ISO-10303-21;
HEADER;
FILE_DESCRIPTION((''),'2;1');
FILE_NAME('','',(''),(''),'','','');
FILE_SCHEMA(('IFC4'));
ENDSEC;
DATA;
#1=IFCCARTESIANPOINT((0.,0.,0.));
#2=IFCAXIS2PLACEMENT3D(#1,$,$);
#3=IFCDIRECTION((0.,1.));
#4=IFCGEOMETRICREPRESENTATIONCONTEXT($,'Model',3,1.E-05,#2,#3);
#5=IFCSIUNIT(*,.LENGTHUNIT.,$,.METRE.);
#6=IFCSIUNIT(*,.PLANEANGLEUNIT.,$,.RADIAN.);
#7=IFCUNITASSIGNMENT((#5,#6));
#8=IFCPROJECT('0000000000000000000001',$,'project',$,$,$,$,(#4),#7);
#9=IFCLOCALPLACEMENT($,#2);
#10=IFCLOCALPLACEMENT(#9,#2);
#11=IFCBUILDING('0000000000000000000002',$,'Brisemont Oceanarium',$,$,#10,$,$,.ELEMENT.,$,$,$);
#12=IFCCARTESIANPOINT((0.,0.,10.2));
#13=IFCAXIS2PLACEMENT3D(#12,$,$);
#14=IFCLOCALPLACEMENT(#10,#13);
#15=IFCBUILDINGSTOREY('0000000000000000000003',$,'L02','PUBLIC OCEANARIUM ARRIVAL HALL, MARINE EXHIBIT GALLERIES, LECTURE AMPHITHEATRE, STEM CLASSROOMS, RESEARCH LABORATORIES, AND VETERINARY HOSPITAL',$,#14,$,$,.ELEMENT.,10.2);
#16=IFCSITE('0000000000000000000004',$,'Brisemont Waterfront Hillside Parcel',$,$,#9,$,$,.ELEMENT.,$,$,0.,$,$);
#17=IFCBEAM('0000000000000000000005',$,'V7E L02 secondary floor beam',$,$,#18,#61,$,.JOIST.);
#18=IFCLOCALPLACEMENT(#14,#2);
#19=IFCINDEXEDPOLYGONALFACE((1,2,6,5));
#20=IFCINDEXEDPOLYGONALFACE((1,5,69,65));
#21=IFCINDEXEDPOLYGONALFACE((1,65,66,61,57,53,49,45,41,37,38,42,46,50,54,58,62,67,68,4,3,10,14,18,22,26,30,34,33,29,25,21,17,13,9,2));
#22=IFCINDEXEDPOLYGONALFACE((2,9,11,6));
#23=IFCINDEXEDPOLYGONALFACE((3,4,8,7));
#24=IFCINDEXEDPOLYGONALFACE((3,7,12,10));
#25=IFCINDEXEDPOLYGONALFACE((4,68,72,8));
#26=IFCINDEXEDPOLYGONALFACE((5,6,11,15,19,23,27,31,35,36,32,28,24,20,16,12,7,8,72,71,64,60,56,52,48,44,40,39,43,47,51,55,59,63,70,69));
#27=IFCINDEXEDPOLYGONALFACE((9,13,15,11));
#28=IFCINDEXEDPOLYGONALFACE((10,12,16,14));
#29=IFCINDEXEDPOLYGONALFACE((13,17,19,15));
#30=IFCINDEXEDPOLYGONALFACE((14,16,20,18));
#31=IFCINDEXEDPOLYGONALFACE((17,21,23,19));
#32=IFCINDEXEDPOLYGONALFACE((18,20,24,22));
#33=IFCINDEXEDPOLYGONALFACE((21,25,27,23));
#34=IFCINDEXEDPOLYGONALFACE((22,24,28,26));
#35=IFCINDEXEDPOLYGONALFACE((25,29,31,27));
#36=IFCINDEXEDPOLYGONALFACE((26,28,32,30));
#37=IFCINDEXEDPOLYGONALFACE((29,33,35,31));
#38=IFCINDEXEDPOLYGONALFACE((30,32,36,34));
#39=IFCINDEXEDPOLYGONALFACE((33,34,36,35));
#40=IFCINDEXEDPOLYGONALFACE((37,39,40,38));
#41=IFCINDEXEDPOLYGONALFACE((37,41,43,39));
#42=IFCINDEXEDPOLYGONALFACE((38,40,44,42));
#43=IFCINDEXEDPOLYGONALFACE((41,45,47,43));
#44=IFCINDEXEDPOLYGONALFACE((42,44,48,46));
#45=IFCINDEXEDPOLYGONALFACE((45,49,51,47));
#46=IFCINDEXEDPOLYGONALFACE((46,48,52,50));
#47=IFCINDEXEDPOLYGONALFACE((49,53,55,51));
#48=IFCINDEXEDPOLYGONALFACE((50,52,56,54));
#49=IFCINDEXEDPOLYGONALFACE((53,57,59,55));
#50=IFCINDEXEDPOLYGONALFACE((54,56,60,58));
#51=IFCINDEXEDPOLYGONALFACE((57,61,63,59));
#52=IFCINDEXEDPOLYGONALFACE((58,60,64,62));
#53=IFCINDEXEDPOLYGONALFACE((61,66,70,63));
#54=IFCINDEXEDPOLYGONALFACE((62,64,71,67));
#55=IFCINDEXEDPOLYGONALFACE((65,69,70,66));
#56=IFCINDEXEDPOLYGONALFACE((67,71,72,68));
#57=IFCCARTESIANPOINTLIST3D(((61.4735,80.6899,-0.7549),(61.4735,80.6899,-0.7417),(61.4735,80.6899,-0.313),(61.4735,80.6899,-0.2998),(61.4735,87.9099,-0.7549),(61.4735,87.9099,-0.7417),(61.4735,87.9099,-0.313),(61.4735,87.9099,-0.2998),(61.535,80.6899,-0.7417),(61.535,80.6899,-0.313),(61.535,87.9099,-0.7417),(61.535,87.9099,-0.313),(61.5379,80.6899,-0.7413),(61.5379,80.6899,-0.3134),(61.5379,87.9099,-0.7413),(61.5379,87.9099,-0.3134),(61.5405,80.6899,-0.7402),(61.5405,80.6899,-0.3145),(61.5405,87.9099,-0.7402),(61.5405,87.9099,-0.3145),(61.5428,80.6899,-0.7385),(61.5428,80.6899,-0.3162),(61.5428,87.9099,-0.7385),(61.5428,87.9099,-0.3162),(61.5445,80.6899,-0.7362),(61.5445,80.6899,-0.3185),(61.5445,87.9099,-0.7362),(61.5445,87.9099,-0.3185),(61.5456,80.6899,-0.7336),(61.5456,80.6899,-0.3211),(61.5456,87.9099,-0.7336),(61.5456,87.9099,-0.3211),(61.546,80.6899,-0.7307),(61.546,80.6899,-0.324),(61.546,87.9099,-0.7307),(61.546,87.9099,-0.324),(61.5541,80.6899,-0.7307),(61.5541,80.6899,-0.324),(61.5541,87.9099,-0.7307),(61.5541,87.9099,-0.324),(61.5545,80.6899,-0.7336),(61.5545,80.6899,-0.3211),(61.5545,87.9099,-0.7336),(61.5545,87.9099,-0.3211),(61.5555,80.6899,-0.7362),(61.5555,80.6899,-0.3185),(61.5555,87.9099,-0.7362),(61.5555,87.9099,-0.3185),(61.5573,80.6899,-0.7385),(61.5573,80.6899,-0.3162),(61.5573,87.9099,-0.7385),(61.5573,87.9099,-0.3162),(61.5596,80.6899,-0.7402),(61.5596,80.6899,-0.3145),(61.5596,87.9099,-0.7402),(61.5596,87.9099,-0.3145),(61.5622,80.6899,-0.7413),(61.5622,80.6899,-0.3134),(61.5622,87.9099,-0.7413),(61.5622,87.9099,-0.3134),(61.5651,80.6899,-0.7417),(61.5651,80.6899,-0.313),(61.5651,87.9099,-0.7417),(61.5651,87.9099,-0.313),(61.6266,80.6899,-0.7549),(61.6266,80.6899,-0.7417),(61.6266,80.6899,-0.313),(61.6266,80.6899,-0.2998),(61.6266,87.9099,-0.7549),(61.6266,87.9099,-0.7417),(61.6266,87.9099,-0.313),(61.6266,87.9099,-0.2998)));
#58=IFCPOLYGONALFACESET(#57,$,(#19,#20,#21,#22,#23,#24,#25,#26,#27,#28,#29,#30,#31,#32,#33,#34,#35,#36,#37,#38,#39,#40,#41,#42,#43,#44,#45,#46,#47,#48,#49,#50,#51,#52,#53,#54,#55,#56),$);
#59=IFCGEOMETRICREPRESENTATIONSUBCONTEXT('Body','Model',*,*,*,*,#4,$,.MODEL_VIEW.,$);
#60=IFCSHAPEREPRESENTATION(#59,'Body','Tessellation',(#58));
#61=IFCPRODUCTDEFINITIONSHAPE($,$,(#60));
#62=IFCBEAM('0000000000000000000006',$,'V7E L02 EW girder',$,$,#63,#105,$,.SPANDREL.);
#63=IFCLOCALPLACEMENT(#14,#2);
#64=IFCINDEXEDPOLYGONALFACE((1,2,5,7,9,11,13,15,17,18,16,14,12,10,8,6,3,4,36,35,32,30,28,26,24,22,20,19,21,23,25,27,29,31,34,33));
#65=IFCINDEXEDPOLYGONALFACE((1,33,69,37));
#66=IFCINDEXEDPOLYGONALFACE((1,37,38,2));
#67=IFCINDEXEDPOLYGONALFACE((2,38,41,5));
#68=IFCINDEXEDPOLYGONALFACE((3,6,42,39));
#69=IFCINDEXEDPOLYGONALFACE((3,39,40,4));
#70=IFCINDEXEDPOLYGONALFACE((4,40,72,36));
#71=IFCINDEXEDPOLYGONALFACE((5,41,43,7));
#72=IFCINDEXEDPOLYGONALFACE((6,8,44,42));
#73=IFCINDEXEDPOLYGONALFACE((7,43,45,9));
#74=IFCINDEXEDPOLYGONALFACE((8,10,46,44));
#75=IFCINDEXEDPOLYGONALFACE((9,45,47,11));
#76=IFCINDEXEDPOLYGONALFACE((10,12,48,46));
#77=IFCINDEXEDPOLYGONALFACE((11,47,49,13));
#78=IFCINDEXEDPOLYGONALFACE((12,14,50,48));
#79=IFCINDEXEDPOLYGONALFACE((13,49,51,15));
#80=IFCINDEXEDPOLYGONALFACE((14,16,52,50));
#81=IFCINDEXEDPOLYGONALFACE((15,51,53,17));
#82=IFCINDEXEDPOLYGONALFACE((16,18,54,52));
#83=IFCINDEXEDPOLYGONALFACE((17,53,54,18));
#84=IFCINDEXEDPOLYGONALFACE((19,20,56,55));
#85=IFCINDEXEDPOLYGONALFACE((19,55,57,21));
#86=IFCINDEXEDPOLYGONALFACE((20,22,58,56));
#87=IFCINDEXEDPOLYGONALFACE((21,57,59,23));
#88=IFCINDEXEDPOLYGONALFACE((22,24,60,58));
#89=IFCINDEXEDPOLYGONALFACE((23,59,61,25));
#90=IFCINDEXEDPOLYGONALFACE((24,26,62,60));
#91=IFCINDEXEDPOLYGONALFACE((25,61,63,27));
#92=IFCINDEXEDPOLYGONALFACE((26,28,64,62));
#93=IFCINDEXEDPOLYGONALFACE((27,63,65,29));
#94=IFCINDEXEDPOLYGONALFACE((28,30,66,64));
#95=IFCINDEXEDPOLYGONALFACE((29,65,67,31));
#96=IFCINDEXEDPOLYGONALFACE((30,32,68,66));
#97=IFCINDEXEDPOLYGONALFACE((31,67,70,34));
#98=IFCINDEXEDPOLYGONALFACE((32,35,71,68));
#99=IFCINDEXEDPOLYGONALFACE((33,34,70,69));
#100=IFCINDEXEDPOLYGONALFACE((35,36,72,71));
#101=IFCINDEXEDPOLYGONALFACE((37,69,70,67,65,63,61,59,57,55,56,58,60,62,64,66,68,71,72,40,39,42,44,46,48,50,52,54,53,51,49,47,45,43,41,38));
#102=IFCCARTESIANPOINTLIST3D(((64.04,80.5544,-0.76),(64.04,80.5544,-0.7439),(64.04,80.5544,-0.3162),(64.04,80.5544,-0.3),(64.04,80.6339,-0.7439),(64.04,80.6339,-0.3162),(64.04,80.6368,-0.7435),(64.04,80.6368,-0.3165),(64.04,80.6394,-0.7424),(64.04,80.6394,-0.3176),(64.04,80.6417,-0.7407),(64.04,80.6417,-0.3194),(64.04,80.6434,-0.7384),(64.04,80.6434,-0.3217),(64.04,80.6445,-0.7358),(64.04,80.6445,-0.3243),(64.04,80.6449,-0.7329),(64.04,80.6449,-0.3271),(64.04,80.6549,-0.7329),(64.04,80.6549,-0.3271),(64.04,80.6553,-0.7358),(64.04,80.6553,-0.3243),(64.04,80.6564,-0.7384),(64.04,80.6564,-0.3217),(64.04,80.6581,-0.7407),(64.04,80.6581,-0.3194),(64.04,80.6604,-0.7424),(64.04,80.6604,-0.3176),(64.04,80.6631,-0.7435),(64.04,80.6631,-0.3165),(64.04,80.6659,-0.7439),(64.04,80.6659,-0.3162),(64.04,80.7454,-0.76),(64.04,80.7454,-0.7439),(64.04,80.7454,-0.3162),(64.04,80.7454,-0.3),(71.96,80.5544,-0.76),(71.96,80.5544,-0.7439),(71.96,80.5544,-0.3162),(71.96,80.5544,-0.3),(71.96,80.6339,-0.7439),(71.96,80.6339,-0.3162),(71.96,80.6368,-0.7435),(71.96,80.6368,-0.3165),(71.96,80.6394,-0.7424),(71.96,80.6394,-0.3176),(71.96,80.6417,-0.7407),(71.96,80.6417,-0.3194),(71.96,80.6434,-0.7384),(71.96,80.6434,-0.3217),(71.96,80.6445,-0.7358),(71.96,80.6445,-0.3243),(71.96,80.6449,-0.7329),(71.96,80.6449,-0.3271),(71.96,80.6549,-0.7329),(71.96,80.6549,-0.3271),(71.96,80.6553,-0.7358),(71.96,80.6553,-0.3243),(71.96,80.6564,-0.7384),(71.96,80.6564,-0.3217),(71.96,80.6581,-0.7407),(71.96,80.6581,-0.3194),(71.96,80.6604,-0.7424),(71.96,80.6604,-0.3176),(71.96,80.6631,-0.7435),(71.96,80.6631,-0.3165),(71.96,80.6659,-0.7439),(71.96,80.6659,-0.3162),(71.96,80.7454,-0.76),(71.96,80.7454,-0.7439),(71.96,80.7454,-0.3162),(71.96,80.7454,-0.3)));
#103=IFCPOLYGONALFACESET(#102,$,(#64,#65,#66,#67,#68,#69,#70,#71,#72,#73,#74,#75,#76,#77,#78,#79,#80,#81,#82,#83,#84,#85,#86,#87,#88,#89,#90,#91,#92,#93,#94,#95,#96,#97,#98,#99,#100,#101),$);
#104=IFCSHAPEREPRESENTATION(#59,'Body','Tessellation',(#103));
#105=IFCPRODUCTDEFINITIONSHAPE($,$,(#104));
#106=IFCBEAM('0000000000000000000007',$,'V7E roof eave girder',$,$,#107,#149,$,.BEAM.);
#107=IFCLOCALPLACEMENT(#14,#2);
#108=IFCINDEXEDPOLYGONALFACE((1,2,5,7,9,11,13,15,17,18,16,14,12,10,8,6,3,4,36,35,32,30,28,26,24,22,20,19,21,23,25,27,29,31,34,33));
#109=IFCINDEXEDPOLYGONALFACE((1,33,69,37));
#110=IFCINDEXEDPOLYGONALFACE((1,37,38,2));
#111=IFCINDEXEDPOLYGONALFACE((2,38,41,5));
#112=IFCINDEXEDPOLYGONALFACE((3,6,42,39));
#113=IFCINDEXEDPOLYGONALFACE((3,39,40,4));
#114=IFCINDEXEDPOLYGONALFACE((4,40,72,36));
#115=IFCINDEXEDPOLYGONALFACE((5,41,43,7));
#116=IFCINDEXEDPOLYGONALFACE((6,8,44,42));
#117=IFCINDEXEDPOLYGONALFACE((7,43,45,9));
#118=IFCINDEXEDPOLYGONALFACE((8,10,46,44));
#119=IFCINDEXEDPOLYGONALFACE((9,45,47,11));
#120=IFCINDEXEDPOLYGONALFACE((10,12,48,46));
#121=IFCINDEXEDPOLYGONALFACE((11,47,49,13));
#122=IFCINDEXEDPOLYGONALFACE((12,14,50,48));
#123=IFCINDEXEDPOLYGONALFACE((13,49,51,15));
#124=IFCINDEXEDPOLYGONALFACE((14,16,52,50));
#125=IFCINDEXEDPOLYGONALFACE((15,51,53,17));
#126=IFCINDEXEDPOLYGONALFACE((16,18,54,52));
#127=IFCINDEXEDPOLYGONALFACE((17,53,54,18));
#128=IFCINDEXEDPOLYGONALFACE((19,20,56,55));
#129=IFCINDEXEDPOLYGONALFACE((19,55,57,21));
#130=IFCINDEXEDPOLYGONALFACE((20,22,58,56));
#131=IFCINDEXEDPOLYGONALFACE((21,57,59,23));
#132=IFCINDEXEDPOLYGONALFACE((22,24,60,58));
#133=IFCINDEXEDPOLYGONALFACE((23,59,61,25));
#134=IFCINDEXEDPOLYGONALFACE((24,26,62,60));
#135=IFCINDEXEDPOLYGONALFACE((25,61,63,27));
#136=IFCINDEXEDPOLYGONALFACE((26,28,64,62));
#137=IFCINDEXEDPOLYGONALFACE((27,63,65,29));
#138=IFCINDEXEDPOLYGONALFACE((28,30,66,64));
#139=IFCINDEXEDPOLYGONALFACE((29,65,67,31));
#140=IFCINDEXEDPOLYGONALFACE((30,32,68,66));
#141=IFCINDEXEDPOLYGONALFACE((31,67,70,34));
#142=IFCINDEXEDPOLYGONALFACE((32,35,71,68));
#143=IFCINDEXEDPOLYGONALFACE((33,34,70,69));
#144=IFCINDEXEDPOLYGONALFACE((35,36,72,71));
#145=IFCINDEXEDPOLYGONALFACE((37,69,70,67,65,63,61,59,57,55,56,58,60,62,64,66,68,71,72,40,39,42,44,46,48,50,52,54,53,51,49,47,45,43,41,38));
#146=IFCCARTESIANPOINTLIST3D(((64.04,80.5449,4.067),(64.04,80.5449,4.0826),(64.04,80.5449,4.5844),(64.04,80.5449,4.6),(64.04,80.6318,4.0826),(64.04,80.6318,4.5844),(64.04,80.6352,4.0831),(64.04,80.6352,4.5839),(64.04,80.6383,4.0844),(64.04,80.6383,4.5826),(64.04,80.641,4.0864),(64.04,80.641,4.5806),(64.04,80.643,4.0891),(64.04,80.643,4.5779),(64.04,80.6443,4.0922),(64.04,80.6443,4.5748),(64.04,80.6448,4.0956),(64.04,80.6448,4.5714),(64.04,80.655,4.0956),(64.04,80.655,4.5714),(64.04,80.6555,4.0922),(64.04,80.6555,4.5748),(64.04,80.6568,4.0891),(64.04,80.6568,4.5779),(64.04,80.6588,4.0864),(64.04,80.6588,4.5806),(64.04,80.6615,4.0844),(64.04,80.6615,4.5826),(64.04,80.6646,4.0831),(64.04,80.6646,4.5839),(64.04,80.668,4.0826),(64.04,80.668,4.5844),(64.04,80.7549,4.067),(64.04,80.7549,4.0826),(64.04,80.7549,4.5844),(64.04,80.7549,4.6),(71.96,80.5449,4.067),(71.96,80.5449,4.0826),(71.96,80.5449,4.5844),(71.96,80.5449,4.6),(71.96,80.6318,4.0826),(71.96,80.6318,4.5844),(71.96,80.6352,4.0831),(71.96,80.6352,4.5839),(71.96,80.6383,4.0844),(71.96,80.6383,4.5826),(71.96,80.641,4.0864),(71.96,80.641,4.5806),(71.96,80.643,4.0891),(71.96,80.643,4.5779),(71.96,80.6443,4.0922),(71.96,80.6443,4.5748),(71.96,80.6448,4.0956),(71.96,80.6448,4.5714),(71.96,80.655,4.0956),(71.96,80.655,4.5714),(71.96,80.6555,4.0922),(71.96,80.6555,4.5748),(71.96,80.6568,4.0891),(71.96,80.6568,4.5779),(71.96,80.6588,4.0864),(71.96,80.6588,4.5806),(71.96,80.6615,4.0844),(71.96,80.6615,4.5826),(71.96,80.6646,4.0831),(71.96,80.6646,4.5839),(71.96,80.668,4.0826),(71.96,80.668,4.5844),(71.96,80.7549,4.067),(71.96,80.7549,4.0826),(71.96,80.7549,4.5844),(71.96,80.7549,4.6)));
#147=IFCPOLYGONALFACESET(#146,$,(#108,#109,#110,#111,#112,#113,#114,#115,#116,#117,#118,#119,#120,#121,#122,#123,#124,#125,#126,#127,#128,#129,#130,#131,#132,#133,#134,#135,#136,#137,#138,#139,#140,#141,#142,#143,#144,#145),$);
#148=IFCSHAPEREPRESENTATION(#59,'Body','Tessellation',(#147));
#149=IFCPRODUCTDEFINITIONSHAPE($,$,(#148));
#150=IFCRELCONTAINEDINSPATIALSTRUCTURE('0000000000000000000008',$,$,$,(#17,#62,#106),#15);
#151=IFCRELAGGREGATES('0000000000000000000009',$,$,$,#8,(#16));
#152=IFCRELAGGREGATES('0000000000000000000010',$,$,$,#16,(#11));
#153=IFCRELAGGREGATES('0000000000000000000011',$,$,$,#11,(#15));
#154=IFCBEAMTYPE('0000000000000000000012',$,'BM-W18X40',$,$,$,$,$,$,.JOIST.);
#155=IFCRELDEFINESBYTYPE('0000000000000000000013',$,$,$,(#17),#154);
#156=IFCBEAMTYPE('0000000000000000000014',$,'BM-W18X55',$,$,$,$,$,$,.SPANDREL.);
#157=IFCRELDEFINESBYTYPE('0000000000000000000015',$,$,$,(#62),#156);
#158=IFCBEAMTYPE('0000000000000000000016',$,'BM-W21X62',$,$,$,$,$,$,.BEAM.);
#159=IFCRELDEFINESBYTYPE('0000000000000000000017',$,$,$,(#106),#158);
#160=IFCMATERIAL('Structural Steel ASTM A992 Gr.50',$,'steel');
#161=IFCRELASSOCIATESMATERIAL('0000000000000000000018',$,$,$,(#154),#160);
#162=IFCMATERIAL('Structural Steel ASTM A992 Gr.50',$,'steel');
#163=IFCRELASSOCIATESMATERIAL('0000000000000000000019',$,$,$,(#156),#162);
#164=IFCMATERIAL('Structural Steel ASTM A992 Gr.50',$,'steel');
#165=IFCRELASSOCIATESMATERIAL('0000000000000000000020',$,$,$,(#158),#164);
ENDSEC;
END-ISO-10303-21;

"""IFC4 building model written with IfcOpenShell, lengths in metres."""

from ifc_helpers import new_model, si_unit, direction, frame, origin, origin_2d, place, context, subcontext, project, spatial, i_section, extrude, material, material_profile, profile_set, type_object, element, save


model = new_model("IFC4")

# Units and contexts
model_context = context("Model", 3, precision=1e-05, world=origin(), true_north=direction((0.0, 1.0)))
body_context = subcontext(model_context, "Body", "Model", "MODEL_VIEW")
ifc_project = project(units=[si_unit("LENGTHUNIT", "METRE"), si_unit("PLANEANGLEUNIT", "RADIAN")], contexts=[model_context])

# Site, building, storey
site_placement = place(None, origin())
site = spatial("IfcSite", under=ifc_project, at=site_placement, Name="Brisemont Waterfront Hillside Parcel", CompositionType="ELEMENT", RefElevation=0.0)
building_placement = place(site_placement, origin())
building = spatial("IfcBuilding", under=site, at=building_placement, Name="Brisemont Oceanarium", CompositionType="ELEMENT")
storey_placement = place(building_placement, frame((0.0, 0.0, 10.2)))
storey = spatial("IfcBuildingStorey", under=building, at=storey_placement, Name="L02", Description="PUBLIC OCEANARIUM ARRIVAL HALL, MARINE EXHIBIT GALLERIES, LECTURE AMPHITHEATRE, STEM CLASSROOMS, RESEARCH LABORATORIES, AND VETERINARY HOSPITAL", CompositionType="ELEMENT", Elevation=10.2)

# Beams
ifc_material_1 = material(Name="Structural Steel ASTM A992 Gr.50", Category="steel")
ifc_material_profile_1 = material_profile(ifc_material_1, i_section(OverallWidth=0.1531, OverallDepth=0.4551, WebThickness=0.0081, FlangeThickness=0.0132, FilletRadius=0.011, at=origin_2d()), Name="W18X40")
ifc_profile_set_1 = profile_set([ifc_material_profile_1], Name="Structural Steel ASTM A992 Gr.50")
beam_type_1 = type_object("IfcBeamType", Name="BM-W18X40", PredefinedType="JOIST", material=ifc_profile_set_1)
beam_1_placement = place(storey_placement, frame((61.55, 80.6899, -0.5273), z_axis=(0.0, 1.0, 0.0), x_axis=(-1.0, 0.0, 0.0)))
element("IfcBeam", 1, at=beam_1_placement, inside=storey, type_object=beam_type_1, Name="V7E L02 secondary floor beam", PredefinedType="JOIST", context=body_context, shape_type="SweptSolid", body=[
    extrude(i_section(OverallWidth=0.1531, OverallDepth=0.4551, WebThickness=0.0081, FlangeThickness=0.0132, FilletRadius=0.011, at=origin_2d()), origin(), (0.0, 0.0, 1.0), 7.22),
])
ifc_material_2 = material(Name="Structural Steel ASTM A992 Gr.50", Category="steel")
ifc_material_profile_2 = material_profile(ifc_material_2, i_section(OverallWidth=0.1909, OverallDepth=0.46, WebThickness=0.01, FlangeThickness=0.0161, FilletRadius=0.011, at=origin_2d()), Name="W18X55")
ifc_profile_set_2 = profile_set([ifc_material_profile_2], Name="Structural Steel ASTM A992 Gr.50")
beam_type_2 = type_object("IfcBeamType", Name="BM-W18X55", PredefinedType="SPANDREL", material=ifc_profile_set_2)
beam_2_placement = place(storey_placement, frame((64.04, 80.6499, -0.53), z_axis=(1.0, 0.0, 0.0), x_axis=(0.0, 1.0, 0.0)))
element("IfcBeam", 2, at=beam_2_placement, inside=storey, type_object=beam_type_2, Name="V7E L02 EW girder", PredefinedType="SPANDREL", context=body_context, shape_type="SweptSolid", body=[
    extrude(i_section(OverallWidth=0.1909, OverallDepth=0.46, WebThickness=0.01, FlangeThickness=0.0161, FilletRadius=0.011, at=origin_2d()), origin(), (0.0, 0.0, 1.0), 7.9199),
])
ifc_material_3 = material(Name="Structural Steel ASTM A992 Gr.50", Category="steel")
ifc_material_profile_3 = material_profile(ifc_material_3, i_section(OverallWidth=0.21, OverallDepth=0.533, WebThickness=0.0103, FlangeThickness=0.0156, FilletRadius=0.0129, at=origin_2d()), Name="W21X62")
ifc_profile_set_3 = profile_set([ifc_material_profile_3], Name="Structural Steel ASTM A992 Gr.50")
beam_type_3 = type_object("IfcBeamType", Name="BM-W21X62", PredefinedType="BEAM", material=ifc_profile_set_3)
beam_3_placement = place(storey_placement, frame((64.04, 80.6499, 4.3335), z_axis=(1.0, 0.0, 0.0), x_axis=(0.0, 1.0, 0.0)))
element("IfcBeam", 3, at=beam_3_placement, inside=storey, type_object=beam_type_3, Name="V7E roof eave girder", PredefinedType="BEAM", context=body_context, shape_type="SweptSolid", body=[
    extrude(i_section(OverallWidth=0.21, OverallDepth=0.533, WebThickness=0.0103, FlangeThickness=0.0156, FilletRadius=0.0129, at=origin_2d()), origin(), (0.0, 0.0, 1.0), 7.9199),
])

save(model, "model.ifc")
